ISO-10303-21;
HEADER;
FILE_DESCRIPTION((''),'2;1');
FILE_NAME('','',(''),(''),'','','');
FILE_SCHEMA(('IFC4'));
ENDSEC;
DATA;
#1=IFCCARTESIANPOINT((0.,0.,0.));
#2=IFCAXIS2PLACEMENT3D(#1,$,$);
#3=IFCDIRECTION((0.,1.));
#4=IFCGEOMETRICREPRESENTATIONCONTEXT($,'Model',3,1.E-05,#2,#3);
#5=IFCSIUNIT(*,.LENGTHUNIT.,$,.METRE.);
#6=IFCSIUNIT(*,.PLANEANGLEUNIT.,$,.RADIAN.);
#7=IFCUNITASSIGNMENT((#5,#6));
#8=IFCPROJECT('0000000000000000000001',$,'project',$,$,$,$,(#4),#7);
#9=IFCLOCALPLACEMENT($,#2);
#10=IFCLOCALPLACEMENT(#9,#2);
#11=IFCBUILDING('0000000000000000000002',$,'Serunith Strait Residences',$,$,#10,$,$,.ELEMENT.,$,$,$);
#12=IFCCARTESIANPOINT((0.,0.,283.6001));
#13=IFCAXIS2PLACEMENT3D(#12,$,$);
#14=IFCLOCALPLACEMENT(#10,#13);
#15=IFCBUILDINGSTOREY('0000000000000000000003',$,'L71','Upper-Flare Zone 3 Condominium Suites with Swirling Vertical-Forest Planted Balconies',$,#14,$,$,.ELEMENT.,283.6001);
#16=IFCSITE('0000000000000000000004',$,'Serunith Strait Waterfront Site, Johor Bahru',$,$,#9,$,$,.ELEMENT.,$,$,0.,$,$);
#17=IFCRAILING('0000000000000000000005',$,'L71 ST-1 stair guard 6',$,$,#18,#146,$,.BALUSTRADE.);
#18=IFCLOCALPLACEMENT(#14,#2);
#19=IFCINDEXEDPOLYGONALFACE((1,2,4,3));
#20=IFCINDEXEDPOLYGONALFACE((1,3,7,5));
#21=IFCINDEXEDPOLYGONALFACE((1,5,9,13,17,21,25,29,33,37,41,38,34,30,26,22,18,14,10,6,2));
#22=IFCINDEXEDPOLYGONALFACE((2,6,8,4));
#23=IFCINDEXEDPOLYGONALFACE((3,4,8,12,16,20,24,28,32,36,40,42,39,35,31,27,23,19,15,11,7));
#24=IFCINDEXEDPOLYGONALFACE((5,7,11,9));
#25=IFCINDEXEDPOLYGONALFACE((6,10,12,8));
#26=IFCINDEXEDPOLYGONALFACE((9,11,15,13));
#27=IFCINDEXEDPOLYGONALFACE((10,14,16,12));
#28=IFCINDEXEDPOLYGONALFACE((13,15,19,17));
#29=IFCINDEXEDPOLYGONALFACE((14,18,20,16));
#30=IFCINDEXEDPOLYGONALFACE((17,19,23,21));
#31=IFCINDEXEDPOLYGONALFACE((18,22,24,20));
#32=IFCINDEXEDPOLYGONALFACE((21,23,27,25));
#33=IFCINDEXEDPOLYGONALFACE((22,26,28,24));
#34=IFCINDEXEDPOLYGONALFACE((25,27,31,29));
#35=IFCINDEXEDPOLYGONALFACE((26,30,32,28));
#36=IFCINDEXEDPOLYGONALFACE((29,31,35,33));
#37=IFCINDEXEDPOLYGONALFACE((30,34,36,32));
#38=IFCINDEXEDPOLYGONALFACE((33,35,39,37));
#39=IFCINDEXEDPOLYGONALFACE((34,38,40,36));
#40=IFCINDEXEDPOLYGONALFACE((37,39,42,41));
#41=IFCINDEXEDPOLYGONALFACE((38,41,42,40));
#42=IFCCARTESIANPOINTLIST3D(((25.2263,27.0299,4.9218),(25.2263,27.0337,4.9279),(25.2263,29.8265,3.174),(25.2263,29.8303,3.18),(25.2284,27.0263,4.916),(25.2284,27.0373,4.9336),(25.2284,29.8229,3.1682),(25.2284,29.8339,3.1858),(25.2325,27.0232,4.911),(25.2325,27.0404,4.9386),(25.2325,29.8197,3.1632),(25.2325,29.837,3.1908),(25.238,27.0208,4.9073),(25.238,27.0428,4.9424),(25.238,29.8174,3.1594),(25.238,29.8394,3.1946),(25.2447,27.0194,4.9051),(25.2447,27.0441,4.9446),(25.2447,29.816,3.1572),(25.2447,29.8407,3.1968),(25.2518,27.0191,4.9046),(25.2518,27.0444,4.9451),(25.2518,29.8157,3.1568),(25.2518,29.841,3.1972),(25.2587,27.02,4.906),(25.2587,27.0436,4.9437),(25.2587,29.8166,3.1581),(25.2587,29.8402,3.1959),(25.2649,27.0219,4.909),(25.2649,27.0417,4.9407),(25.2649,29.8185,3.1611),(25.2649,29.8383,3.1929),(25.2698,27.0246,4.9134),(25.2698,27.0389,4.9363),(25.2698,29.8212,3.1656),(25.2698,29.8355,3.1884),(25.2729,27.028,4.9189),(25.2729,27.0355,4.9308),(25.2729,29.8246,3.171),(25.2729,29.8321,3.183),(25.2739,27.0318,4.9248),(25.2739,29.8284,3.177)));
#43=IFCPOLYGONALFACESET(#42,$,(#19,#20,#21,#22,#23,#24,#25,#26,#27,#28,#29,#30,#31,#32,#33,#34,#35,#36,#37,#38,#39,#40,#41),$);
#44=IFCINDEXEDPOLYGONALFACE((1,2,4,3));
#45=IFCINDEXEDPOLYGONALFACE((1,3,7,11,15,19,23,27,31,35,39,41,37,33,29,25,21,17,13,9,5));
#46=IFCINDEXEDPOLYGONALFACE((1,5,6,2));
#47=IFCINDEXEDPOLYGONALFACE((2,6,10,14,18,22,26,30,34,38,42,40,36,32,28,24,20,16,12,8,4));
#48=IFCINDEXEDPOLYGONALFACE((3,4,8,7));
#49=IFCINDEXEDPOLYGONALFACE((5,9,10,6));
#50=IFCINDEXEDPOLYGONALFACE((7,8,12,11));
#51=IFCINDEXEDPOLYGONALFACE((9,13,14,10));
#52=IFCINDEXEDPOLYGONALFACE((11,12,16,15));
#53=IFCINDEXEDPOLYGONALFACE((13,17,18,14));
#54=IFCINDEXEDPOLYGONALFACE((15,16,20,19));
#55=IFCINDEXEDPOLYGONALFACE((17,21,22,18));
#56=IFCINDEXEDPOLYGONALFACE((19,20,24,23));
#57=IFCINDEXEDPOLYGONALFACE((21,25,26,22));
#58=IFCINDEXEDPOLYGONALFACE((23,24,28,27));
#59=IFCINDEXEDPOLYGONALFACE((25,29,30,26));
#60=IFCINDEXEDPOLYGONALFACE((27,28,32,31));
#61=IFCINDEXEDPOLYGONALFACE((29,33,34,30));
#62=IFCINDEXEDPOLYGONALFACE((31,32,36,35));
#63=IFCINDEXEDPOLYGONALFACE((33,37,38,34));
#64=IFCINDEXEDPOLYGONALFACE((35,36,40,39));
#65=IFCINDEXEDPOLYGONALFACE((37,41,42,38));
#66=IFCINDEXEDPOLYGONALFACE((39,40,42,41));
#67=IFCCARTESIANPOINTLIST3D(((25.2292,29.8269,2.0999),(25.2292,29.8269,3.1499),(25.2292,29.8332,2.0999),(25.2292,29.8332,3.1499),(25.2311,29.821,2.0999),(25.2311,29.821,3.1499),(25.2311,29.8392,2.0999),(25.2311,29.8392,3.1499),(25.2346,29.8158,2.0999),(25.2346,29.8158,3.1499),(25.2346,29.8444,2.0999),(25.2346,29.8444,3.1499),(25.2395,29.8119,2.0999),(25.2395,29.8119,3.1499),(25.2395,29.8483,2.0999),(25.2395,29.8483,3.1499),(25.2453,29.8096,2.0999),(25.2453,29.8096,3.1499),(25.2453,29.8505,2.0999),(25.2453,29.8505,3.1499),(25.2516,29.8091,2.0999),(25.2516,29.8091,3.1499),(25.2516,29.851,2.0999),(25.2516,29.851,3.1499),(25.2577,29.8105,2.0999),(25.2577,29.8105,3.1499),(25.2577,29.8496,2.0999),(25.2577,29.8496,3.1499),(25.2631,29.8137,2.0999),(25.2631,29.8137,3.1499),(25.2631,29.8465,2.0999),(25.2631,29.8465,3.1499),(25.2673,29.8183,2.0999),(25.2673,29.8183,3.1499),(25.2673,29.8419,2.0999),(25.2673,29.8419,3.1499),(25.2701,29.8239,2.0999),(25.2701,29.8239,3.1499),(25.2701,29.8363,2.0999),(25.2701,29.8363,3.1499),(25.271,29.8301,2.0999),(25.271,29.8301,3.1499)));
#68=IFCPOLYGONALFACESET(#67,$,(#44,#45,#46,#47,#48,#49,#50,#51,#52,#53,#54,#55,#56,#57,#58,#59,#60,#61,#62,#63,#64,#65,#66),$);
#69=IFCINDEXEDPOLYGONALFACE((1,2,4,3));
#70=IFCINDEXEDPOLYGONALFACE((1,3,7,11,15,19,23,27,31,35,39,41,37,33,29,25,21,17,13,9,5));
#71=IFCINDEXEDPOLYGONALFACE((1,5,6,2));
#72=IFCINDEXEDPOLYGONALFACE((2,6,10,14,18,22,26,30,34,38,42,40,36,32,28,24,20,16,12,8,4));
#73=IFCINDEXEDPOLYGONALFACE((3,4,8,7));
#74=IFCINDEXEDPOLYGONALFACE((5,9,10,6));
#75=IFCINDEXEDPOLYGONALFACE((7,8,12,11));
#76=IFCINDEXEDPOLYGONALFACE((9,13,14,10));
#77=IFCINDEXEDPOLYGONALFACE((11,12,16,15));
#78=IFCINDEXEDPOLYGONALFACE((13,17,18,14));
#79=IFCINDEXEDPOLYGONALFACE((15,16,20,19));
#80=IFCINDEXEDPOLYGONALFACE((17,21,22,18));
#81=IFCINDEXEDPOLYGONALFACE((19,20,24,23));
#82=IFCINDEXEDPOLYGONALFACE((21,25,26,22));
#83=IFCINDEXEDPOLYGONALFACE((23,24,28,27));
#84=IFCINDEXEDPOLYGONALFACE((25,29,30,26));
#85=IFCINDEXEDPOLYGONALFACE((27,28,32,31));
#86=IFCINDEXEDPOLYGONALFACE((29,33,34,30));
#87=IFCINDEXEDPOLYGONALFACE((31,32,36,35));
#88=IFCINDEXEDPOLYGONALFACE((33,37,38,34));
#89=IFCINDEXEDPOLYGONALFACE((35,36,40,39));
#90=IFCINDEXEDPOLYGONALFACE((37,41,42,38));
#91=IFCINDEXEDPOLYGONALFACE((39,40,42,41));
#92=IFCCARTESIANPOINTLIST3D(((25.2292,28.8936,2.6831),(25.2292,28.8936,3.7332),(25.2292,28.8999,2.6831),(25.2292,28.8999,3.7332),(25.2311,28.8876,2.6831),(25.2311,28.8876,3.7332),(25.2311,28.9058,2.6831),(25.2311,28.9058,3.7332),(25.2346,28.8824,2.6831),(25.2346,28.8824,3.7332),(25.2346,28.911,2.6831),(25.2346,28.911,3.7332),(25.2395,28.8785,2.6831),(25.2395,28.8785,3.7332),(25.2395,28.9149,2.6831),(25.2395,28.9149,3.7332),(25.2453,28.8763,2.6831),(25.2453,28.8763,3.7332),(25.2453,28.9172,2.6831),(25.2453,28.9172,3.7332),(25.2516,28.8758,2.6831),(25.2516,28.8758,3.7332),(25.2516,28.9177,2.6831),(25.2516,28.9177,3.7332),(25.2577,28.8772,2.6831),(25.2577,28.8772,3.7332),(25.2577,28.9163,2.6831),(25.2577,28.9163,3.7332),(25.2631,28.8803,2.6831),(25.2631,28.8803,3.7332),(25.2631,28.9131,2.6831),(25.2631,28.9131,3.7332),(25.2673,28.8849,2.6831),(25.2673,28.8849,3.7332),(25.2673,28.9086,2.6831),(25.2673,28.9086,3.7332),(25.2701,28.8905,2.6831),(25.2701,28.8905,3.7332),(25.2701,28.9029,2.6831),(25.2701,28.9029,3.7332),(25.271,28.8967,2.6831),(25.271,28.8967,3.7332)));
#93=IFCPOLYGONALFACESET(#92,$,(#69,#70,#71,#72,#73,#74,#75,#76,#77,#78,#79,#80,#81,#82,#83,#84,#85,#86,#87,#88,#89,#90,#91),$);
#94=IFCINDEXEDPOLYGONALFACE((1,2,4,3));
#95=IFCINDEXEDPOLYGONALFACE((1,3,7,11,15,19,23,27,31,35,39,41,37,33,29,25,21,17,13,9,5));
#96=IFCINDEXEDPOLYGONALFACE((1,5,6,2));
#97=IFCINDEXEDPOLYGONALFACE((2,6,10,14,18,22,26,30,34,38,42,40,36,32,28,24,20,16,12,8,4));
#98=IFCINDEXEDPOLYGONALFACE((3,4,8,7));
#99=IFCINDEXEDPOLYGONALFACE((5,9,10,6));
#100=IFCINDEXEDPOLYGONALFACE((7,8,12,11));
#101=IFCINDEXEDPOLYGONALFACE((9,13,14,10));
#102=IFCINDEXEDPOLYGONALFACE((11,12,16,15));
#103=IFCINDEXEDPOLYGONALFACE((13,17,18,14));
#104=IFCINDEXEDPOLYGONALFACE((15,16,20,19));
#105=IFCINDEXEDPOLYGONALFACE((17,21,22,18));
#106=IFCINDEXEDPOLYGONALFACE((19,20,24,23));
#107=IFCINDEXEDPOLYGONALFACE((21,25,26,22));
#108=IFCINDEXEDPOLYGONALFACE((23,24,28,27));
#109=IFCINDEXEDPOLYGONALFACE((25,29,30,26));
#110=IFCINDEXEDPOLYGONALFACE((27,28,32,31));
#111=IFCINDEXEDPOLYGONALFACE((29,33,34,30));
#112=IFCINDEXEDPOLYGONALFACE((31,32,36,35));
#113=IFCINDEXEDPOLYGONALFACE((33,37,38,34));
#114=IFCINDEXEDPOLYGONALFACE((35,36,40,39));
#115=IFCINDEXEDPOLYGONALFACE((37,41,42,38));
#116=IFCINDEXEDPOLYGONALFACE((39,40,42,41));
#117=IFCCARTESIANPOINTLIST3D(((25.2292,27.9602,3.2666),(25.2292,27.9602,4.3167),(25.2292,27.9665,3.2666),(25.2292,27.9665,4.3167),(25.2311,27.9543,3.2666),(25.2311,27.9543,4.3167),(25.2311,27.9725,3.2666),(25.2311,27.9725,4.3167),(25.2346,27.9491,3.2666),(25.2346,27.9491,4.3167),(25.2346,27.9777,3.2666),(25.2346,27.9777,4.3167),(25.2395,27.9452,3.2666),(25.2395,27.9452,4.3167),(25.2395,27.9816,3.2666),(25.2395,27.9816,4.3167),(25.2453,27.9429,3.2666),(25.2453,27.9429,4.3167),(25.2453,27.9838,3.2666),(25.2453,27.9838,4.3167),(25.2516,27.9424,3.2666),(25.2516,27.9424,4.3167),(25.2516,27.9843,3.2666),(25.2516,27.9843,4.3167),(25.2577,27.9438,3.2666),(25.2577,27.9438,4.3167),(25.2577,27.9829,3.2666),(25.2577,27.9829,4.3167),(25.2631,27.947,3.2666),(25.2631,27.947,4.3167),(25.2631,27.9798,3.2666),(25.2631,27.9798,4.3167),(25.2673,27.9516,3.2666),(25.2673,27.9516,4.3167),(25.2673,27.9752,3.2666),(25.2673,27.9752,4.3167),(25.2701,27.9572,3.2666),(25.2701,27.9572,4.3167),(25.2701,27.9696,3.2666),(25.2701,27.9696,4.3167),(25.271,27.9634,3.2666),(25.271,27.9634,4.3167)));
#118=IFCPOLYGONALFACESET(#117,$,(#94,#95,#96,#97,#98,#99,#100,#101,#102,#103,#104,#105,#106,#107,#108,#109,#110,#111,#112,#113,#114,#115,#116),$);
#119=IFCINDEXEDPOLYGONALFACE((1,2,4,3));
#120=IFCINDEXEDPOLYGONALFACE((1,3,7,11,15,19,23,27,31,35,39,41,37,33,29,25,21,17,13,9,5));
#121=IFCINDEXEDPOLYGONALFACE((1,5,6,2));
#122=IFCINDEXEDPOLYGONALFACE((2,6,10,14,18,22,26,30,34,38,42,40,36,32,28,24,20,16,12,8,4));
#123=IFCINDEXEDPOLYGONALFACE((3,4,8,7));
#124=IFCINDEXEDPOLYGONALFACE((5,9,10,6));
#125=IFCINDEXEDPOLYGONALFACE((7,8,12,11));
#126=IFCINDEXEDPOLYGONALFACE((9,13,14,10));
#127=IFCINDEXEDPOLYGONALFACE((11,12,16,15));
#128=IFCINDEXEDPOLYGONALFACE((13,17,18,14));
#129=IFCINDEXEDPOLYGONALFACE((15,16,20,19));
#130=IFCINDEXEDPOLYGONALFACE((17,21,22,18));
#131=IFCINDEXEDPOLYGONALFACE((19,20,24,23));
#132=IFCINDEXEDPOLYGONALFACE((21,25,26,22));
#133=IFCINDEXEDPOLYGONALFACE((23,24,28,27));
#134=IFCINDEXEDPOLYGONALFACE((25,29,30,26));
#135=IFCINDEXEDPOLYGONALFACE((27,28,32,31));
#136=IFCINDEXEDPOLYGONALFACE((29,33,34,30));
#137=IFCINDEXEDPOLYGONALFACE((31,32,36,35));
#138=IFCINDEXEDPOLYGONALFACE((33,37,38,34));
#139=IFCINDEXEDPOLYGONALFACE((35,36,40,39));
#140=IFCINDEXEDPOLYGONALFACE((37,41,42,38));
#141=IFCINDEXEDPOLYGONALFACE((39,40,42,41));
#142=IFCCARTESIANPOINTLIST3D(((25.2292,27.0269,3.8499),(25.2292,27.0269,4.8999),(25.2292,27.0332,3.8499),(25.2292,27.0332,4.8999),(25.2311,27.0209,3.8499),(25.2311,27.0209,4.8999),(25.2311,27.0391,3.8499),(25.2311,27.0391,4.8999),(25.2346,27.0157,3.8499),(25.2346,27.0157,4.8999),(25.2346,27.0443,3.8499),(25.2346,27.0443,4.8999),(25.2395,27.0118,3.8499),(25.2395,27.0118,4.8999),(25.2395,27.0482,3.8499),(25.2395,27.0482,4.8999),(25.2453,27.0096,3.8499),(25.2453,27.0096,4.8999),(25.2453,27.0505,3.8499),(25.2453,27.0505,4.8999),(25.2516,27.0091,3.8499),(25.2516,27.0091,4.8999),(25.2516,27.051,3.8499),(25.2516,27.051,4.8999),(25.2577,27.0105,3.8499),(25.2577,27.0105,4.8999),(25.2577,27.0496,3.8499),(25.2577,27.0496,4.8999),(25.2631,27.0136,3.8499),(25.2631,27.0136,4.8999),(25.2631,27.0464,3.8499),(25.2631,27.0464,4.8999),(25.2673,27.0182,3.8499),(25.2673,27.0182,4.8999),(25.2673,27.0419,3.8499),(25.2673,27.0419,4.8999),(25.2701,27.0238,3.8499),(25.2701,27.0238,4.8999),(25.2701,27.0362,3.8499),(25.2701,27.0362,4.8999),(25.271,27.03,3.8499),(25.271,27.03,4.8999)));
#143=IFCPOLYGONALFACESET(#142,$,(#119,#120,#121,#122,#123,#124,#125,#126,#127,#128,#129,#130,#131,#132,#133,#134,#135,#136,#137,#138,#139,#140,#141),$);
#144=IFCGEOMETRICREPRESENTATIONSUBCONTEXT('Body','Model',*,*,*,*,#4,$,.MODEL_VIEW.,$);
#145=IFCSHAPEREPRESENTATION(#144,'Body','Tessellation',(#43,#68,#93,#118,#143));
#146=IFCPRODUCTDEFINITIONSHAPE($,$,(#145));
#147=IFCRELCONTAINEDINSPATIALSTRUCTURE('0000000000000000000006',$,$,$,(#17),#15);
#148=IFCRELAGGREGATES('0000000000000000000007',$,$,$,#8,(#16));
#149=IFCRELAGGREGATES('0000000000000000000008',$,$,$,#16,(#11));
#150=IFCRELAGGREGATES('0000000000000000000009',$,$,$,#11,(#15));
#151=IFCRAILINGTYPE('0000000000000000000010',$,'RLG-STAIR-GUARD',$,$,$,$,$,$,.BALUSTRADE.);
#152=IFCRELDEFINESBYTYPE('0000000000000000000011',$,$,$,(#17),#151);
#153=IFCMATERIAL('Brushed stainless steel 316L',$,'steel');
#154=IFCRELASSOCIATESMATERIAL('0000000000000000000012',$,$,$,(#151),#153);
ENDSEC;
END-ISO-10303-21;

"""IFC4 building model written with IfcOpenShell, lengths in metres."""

from ifc_helpers import new_model, si_unit, direction, frame, origin, origin_2d, place, context, subcontext, project, spatial, circle, extrude, material, type_object, element, save


model = new_model("IFC4")

# Units and contexts
model_context = context("Model", 3, precision=1e-05, world=origin(), true_north=direction((0.0, 1.0)))
body_context = subcontext(model_context, "Body", "Model", "MODEL_VIEW")
ifc_project = project(units=[si_unit("LENGTHUNIT", "METRE"), si_unit("PLANEANGLEUNIT", "RADIAN")], contexts=[model_context])

# Site, building, storey
site_placement = place(None, origin())
site = spatial("IfcSite", under=ifc_project, at=site_placement, Name="Serunith Strait Waterfront Site, Johor Bahru", CompositionType="ELEMENT", RefElevation=0.0)
building_placement = place(site_placement, origin())
building = spatial("IfcBuilding", under=site, at=building_placement, Name="Serunith Strait Residences", CompositionType="ELEMENT")
storey_placement = place(building_placement, frame((0.0, 0.0, 283.6001)))
storey = spatial("IfcBuildingStorey", under=building, at=storey_placement, Name="L71", Description="Upper-Flare Zone 3 Condominium Suites with Swirling Vertical-Forest Planted Balconies", CompositionType="ELEMENT", Elevation=283.6001)

# Railing
ifc_material_1 = material(Name="Brushed stainless steel 316L", Category="steel")
railing_type_1 = type_object("IfcRailingType", Name="RLG-STAIR-GUARD", PredefinedType="BALUSTRADE", material=ifc_material_1)
railing_1_placement = place(storey_placement, frame((25.25, 29.8301, 2.0999)))
element("IfcRailing", 1, at=railing_1_placement, inside=storey, type_object=railing_type_1, Name="L71 ST-1 stair guard 6", PredefinedType="BALUSTRADE", context=body_context, shape_type="SweptSolid", body=[
    extrude(circle(Radius=0.0239, at=origin_2d()), frame((0.0, -0.0017, 1.0771), z_axis=(0.0, -0.848002, 0.529992), x_axis=(1.0, 0.0, 0.0)), (0.0, 0.0, 1.0), 3.2979),
    extrude(circle(Radius=0.021, at=origin_2d()), origin(), (0.0, 0.0, 1.0), 1.05),
    extrude(circle(Radius=0.021, at=origin_2d()), frame((0.0, -0.9333, 0.5833)), (0.0, 0.0, 1.0), 1.05),
    extrude(circle(Radius=0.021, at=origin_2d()), frame((0.0, -1.8667, 1.1667)), (0.0, 0.0, 1.0), 1.05),
    extrude(circle(Radius=0.021, at=origin_2d()), frame((0.0, -2.8, 1.75)), (0.0, 0.0, 1.0), 1.05),
])

save(model, "model.ifc")
